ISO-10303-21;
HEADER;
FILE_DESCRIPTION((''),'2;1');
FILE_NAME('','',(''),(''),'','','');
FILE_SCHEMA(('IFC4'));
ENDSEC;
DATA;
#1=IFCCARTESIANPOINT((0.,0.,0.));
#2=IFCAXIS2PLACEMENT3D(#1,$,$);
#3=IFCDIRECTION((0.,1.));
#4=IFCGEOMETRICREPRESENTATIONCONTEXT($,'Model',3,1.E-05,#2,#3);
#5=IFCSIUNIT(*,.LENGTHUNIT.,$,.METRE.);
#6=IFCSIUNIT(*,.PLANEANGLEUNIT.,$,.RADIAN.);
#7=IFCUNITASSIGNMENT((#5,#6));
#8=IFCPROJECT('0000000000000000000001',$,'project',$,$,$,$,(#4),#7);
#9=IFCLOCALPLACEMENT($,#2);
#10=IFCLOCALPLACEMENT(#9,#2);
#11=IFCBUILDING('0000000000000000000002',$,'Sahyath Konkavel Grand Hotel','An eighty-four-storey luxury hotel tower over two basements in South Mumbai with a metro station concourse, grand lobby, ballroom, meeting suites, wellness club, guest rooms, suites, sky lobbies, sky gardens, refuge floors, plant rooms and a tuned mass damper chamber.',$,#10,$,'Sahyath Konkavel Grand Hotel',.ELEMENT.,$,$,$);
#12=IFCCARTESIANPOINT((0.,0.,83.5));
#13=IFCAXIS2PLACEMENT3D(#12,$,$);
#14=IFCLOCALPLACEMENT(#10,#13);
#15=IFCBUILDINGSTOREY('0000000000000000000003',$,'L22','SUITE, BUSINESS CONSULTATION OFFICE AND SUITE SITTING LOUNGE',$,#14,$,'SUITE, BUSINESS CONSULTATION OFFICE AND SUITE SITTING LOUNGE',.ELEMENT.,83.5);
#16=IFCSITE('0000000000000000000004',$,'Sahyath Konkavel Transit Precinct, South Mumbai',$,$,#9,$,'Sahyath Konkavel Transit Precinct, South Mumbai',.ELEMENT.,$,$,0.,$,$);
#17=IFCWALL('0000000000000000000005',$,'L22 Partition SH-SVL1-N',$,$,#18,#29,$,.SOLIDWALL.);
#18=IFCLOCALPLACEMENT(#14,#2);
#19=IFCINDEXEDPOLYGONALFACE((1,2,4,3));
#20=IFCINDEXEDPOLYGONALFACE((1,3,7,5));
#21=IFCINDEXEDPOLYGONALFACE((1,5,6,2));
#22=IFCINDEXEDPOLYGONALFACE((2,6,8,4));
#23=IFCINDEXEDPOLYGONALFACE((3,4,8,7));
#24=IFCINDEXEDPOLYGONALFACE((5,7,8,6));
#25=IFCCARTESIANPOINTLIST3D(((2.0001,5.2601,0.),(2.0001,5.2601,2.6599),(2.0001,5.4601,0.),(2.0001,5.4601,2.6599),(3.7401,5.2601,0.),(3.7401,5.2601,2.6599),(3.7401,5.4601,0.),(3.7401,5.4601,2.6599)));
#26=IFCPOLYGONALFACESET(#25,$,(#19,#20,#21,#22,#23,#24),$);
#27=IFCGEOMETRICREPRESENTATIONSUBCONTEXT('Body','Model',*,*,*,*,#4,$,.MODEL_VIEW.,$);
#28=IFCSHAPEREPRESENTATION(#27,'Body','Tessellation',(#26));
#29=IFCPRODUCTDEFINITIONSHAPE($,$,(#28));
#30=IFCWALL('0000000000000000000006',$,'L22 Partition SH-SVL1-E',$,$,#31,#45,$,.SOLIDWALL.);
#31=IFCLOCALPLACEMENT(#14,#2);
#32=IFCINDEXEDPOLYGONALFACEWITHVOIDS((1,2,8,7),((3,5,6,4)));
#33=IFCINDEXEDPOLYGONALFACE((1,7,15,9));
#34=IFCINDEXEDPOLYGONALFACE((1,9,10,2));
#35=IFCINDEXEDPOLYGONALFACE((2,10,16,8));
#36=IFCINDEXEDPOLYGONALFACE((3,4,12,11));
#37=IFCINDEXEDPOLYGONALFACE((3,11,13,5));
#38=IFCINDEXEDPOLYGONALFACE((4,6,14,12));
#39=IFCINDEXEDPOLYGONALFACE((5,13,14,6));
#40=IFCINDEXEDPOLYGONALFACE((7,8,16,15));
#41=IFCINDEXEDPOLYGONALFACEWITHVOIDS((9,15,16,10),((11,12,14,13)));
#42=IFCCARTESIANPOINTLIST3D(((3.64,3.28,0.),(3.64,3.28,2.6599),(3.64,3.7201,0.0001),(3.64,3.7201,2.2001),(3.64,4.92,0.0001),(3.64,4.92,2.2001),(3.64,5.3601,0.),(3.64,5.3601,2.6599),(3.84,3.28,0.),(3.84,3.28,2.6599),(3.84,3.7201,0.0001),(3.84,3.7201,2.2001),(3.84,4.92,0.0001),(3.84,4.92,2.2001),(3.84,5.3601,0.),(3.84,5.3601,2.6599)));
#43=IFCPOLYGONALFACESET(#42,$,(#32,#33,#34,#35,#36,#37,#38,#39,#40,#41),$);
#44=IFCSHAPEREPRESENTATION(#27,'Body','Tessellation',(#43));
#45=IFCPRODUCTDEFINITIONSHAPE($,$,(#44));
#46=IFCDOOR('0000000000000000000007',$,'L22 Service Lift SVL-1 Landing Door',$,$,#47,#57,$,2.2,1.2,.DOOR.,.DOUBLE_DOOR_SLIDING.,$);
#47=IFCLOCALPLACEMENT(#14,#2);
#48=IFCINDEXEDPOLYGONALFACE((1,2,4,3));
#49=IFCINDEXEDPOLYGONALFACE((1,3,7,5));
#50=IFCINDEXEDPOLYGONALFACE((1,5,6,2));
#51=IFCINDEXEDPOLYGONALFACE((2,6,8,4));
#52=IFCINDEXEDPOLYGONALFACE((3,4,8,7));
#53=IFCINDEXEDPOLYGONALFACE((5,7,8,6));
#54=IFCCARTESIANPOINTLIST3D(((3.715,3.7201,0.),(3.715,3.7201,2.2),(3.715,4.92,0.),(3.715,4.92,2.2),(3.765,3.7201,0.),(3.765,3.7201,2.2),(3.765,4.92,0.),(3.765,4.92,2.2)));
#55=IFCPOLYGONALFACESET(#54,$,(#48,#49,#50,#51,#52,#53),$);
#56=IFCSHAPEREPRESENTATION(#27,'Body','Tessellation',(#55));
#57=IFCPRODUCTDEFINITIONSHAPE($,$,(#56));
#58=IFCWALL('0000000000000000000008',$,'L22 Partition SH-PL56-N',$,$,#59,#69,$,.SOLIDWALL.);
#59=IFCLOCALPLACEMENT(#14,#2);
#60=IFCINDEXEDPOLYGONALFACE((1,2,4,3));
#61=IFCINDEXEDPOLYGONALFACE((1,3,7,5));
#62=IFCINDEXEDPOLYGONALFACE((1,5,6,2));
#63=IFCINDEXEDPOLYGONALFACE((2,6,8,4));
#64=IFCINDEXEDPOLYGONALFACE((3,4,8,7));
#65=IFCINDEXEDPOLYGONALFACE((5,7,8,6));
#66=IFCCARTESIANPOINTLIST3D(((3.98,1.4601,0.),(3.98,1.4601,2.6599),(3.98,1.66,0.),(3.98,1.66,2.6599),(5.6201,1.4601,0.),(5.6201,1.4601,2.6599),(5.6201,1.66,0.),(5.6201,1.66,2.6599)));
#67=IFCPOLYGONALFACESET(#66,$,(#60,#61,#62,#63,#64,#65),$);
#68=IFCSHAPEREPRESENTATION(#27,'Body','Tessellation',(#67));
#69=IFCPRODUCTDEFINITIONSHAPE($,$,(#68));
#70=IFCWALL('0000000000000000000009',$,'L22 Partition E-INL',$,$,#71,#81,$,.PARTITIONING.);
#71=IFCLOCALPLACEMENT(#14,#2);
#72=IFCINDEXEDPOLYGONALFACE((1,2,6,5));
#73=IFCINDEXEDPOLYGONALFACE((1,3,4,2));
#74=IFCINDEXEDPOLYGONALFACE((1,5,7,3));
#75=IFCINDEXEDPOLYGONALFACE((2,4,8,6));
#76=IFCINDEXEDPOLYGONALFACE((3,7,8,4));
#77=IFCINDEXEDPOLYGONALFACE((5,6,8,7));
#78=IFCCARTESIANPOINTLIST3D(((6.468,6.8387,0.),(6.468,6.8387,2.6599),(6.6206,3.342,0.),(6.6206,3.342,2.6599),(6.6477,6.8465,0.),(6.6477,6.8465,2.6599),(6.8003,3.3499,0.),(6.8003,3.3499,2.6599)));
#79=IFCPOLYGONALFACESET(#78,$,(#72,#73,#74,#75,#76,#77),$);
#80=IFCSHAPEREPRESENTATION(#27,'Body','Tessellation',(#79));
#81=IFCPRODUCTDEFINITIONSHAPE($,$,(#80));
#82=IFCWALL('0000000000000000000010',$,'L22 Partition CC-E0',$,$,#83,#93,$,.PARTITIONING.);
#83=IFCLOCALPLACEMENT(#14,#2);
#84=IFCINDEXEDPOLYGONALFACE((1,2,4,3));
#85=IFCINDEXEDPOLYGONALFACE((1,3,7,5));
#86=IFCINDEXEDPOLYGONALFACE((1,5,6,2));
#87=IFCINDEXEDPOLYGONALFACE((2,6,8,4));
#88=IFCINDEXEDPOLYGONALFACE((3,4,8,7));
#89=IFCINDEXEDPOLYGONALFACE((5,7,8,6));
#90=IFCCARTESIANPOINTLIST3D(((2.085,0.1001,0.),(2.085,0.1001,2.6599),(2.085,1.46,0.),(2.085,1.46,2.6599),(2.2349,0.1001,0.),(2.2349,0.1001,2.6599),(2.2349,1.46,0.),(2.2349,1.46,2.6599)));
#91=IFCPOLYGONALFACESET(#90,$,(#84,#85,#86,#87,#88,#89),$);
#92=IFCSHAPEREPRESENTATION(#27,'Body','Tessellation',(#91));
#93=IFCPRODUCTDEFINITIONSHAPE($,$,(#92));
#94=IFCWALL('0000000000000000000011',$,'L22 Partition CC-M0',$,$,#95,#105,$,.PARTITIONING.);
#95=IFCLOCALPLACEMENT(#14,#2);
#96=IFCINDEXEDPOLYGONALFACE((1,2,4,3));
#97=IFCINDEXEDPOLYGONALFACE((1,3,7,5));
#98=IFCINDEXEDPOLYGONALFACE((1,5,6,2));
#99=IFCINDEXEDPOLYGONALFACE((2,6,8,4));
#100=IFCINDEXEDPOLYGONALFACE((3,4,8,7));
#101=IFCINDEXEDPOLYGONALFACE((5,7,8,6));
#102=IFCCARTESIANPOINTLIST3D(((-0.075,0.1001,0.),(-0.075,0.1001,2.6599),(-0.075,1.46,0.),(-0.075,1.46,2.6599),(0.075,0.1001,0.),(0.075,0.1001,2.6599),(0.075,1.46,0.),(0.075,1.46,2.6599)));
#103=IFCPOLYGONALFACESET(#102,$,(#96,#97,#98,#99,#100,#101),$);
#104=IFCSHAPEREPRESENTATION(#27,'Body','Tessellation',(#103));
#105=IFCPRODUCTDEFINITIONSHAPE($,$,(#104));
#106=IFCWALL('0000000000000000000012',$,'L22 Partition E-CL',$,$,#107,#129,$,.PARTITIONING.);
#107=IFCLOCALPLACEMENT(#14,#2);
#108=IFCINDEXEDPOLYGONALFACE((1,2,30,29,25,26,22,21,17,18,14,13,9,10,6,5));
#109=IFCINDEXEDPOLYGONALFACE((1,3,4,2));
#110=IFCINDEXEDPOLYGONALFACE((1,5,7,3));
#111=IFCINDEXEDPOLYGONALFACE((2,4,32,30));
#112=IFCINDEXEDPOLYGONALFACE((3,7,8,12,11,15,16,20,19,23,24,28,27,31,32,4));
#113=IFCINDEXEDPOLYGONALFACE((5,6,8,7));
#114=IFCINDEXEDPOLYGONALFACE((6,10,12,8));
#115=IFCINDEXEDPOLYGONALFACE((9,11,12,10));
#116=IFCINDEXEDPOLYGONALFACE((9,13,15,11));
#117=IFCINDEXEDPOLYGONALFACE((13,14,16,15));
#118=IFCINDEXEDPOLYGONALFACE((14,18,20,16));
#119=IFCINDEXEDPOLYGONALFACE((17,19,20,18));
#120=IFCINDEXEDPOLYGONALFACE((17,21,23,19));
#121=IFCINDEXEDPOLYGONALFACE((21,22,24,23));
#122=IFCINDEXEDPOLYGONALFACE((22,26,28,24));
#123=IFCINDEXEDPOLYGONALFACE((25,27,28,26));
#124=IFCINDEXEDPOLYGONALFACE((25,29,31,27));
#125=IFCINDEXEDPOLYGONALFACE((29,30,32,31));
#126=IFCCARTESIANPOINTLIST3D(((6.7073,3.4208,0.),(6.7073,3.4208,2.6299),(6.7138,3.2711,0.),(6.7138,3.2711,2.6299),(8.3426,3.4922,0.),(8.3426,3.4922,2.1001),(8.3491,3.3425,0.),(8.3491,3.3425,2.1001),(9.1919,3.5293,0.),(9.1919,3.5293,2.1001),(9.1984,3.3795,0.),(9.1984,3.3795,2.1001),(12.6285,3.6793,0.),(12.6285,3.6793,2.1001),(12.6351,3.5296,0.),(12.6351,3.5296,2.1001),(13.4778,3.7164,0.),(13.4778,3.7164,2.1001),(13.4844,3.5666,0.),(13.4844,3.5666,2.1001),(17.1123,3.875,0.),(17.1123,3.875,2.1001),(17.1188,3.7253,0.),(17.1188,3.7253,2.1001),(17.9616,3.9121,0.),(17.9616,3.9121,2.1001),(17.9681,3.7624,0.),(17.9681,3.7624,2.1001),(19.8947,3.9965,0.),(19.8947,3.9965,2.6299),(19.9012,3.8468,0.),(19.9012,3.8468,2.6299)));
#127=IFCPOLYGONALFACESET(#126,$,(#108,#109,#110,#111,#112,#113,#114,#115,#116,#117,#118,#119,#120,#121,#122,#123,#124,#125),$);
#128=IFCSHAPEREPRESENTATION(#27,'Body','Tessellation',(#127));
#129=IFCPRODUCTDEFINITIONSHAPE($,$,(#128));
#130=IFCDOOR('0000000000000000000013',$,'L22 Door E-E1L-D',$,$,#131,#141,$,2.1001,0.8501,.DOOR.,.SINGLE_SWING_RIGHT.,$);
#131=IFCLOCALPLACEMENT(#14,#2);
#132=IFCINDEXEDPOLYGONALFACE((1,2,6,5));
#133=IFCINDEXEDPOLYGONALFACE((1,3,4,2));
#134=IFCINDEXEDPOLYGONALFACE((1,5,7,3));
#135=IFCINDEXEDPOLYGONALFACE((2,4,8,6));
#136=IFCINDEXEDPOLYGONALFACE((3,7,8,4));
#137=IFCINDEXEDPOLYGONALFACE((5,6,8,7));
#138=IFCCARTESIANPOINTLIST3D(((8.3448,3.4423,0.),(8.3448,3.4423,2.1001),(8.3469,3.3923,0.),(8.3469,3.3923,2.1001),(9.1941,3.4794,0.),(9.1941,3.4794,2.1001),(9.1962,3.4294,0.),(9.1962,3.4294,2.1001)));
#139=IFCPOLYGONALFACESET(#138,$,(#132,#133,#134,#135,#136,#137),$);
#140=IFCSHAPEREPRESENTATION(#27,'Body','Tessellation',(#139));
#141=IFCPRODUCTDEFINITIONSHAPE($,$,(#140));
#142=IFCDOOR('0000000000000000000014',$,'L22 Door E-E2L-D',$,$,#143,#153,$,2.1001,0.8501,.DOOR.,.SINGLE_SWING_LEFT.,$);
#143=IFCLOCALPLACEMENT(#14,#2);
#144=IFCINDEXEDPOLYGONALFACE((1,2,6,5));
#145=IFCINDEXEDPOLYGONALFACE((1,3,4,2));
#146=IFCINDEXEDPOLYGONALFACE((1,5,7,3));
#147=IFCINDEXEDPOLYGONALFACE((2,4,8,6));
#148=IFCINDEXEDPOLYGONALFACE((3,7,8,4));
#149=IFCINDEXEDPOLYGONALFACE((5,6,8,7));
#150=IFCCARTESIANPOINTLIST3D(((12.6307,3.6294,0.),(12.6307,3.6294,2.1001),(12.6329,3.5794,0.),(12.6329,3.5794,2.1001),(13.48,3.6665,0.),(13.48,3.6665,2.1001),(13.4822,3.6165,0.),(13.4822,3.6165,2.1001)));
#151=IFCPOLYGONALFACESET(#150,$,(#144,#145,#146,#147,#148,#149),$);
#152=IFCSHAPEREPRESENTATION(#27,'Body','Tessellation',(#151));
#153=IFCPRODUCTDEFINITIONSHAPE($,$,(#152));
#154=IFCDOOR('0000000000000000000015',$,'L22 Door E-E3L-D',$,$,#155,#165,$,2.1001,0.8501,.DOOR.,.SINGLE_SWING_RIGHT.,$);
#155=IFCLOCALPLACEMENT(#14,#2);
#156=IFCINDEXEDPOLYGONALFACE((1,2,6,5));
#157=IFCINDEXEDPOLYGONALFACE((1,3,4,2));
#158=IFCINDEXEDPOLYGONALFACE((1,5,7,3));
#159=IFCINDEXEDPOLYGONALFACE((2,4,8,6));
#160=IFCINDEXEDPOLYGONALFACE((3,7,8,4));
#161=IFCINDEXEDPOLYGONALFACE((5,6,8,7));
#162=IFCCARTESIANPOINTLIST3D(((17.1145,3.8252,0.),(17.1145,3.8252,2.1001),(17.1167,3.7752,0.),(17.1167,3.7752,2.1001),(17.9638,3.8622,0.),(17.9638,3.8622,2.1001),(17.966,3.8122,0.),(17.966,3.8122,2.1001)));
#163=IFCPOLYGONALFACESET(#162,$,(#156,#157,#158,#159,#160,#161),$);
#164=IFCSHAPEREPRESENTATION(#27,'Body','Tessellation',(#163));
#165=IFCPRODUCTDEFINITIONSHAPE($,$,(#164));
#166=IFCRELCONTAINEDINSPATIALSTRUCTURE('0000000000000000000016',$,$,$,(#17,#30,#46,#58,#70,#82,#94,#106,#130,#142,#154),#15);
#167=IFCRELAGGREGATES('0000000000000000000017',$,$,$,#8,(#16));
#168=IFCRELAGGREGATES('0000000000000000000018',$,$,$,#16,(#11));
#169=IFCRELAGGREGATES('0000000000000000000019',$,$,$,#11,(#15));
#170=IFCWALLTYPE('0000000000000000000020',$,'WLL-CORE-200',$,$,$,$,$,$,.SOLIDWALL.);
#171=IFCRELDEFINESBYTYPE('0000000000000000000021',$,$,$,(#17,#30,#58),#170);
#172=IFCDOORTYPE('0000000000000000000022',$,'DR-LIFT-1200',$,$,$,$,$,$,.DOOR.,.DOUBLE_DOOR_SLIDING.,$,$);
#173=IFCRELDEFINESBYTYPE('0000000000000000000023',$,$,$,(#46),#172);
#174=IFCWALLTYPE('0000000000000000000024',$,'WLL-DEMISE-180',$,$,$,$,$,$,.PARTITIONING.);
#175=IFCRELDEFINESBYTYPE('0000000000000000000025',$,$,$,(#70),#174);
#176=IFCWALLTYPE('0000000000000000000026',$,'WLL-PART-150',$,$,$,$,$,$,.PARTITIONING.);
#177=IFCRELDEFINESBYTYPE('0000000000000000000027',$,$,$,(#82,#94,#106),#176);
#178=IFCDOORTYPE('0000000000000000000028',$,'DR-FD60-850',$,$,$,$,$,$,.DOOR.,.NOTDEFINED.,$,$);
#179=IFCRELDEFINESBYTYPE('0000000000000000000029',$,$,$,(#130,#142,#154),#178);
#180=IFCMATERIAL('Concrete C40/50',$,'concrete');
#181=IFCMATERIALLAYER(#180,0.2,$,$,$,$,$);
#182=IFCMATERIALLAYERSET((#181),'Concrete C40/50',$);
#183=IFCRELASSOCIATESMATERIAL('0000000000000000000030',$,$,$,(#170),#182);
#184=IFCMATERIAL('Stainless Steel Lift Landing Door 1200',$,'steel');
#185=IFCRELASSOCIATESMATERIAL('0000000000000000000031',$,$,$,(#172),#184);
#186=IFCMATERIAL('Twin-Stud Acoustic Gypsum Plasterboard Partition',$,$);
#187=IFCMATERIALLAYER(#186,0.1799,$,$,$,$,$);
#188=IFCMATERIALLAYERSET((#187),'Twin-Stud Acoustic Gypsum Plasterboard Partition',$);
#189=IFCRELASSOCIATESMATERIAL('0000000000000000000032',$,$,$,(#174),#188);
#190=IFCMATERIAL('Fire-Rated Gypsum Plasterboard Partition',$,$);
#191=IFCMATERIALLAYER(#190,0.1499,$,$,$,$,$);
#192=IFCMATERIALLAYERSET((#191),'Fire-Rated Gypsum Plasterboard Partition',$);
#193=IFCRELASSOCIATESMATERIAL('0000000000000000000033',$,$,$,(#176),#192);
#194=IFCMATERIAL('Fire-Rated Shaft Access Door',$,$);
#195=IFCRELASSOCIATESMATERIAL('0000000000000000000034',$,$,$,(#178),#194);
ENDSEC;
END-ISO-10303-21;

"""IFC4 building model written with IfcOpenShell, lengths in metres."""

from ifc_helpers import new_model, si_unit, direction, frame, frame_2d, origin, origin_2d, place, context, subcontext, project, spatial, rectangle, extrude, source, transform, mapped, material, layer, layer_set, type_object, element, fill, save


model = new_model("IFC4")

# Units and contexts
model_context = context("Model", 3, precision=1e-05, world=origin(), true_north=direction((0.0, 1.0)))
body_context = subcontext(model_context, "Body", "Model", "MODEL_VIEW")
ifc_project = project(units=[si_unit("LENGTHUNIT", "METRE"), si_unit("PLANEANGLEUNIT", "RADIAN")], contexts=[model_context])

# Site, building, storey
site_placement = place(None, origin())
site = spatial("IfcSite", under=ifc_project, at=site_placement, Name="Sahyath Konkavel Transit Precinct, South Mumbai", LongName="Sahyath Konkavel Transit Precinct, South Mumbai", CompositionType="ELEMENT", RefElevation=0.0)
building_placement = place(site_placement, origin())
building = spatial("IfcBuilding", under=site, at=building_placement, Name="Sahyath Konkavel Grand Hotel", Description="An eighty-four-storey luxury hotel tower over two basements in South Mumbai with a metro station concourse, grand lobby, ballroom, meeting suites, wellness club, guest rooms, suites, sky lobbies, sky gardens, refuge floors, plant rooms and a tuned mass damper chamber.", LongName="Sahyath Konkavel Grand Hotel", CompositionType="ELEMENT")
storey_placement = place(building_placement, frame((0.0, 0.0, 83.5)))
storey = spatial("IfcBuildingStorey", under=building, at=storey_placement, Name="L22", Description="SUITE, BUSINESS CONSULTATION OFFICE AND SUITE SITTING LOUNGE", LongName="SUITE, BUSINESS CONSULTATION OFFICE AND SUITE SITTING LOUNGE", CompositionType="ELEMENT", Elevation=83.5)

# Shared definitions
ifc_material_1 = material(Name="Concrete C40/50", Category="concrete")
ifc_layer_1 = layer(ifc_material_1, 0.2)
ifc_layer_set_1 = layer_set([ifc_layer_1], Name="Concrete C40/50")
wall_type_1 = type_object("IfcWallType", Name="WLL-CORE-200", PredefinedType="SOLIDWALL", material=ifc_layer_set_1)
shared_shape_1 = source(origin(), body_context, "Body", "SweptSolid", [
    extrude(rectangle(XDim=0.8501, YDim=0.05, at=origin_2d()), origin(), (0.0, 0.0, 1.0), 2.1001),
])

# Wall
wall_1_placement = place(storey_placement, frame((2.0, 5.3601, 0.0), z_axis=(0.0, 0.0, 1.0), x_axis=(1.0, 0.0, 0.0)))
element("IfcWall", 1, at=wall_1_placement, inside=storey, type_object=wall_type_1, Name="L22 Partition SH-SVL1-N", PredefinedType="SOLIDWALL", context=body_context, shape_type="SweptSolid", body=[
    extrude(rectangle(XDim=1.74, YDim=0.2, at=frame_2d((0.8701, 0.0))), origin(), (0.0, 0.0, 1.0), 2.6599),
])

# Wall, opening, door
wall_2_placement = place(storey_placement, frame((3.74, 3.28, 0.0), z_axis=(0.0, 0.0, 1.0), x_axis=(0.0, 1.0, 0.0)))
wall_2 = element("IfcWall", 2, at=wall_2_placement, inside=storey, type_object=wall_type_1, Name="L22 Partition SH-SVL1-E", PredefinedType="SOLIDWALL", context=body_context, shape_type="SweptSolid", body=[
    extrude(rectangle(XDim=2.0801, YDim=0.2, at=frame_2d((1.04, 0.0))), origin(), (0.0, 0.0, 1.0), 2.6599),
])
opening_1_placement = place(wall_2_placement, frame((0.4399, 0.0, 0.0)))
opening_1 = element("IfcOpeningElement", 3, at=opening_1_placement, cuts=wall_2, PredefinedType="OPENING", context=body_context, shape_type="SweptSolid", body=[
    extrude(rectangle(XDim=1.2, YDim=2.2, at=frame_2d((0.6001, 1.1001))), frame((0.0, 0.1099, 0.0), z_axis=(0.0, -1.0, 0.0), x_axis=(1.0, 0.0, 0.0)), (0.0, 0.0, 1.0), 0.22),
])
ifc_material_2 = material(Name="Stainless Steel Lift Landing Door 1200", Category="steel")
door_type_1 = type_object("IfcDoorType", Name="DR-LIFT-1200", OperationType="DOUBLE_DOOR_SLIDING", PredefinedType="DOOR", material=ifc_material_2)
shared_shape_2 = source(origin(), body_context, "Body", "SweptSolid", [
    extrude(rectangle(XDim=1.2, YDim=0.05, at=origin_2d()), origin(), (0.0, 0.0, 1.0), 2.2),
])
door_1_placement = place(opening_1_placement, frame((0.6001, 0.0, 0.0)))
door_1 = element("IfcDoor", 4, at=door_1_placement, inside=storey, type_object=door_type_1, Name="L22 Service Lift SVL-1 Landing Door", OperationType="DOUBLE_DOOR_SLIDING", OverallHeight=2.2, OverallWidth=1.2, PredefinedType="DOOR", context=body_context, shape_type="MappedRepresentation", body=[
    mapped(shared_shape_2, transform((0.0, 0.0, 0.0), scale=1.0)),
])
fill(opening_1, door_1)

# Wall
wall_3_placement = place(storey_placement, frame((3.98, 1.5601, 0.0), z_axis=(0.0, 0.0, 1.0), x_axis=(1.0, 0.0, 0.0)))
element("IfcWall", 5, at=wall_3_placement, inside=storey, type_object=wall_type_1, Name="L22 Partition SH-PL56-N", PredefinedType="SOLIDWALL", context=body_context, shape_type="SweptSolid", body=[
    extrude(rectangle(XDim=1.6401, YDim=0.2, at=frame_2d((0.8201, 0.0))), origin(), (0.0, 0.0, 1.0), 2.6599),
])

# Walls
ifc_material_3 = material(Name="Twin-Stud Acoustic Gypsum Plasterboard Partition")
ifc_layer_2 = layer(ifc_material_3, 0.1799)
ifc_layer_set_2 = layer_set([ifc_layer_2], Name="Twin-Stud Acoustic Gypsum Plasterboard Partition")
wall_type_2 = type_object("IfcWallType", Name="WLL-DEMISE-180", PredefinedType="PARTITIONING", material=ifc_layer_set_2)
wall_4_placement = place(storey_placement, frame((6.7104, 3.3459, 0.0), z_axis=(0.0, 0.0, 1.0), x_axis=(-0.043598, 0.999049, 0.0)))
element("IfcWall", 6, at=wall_4_placement, inside=storey, type_object=wall_type_2, Name="L22 Partition E-INL", PredefinedType="PARTITIONING", context=body_context, shape_type="SweptSolid", body=[
    extrude(rectangle(XDim=3.5, YDim=0.1799, at=frame_2d((1.75, 0.0))), origin(), (0.0, 0.0, 1.0), 2.6599),
])
ifc_material_4 = material(Name="Fire-Rated Gypsum Plasterboard Partition")
ifc_layer_3 = layer(ifc_material_4, 0.1499)
ifc_layer_set_3 = layer_set([ifc_layer_3], Name="Fire-Rated Gypsum Plasterboard Partition")
wall_type_3 = type_object("IfcWallType", Name="WLL-PART-150", PredefinedType="PARTITIONING", material=ifc_layer_set_3)
for number, where, z_axis, x_axis, name in (
    (7, (2.1599, 0.1001, 0.0), (0.0, 0.0, 1.0), (0.0, 1.0, 0.0), "L22 Partition CC-E0"),
    (8, (0.0, 0.1001, 0.0), (0.0, 0.0, 1.0), (0.0, 1.0, 0.0), "L22 Partition CC-M0"),
):
    element("IfcWall", number, at=place(storey_placement, frame(where, z_axis=z_axis, x_axis=x_axis)), inside=storey, type_object=wall_type_3, Name=name, PredefinedType="PARTITIONING", context=body_context, shape_type="SweptSolid", body=[
        extrude(rectangle(XDim=1.3599, YDim=0.1499, at=frame_2d((0.6799, 0.0))), origin(), (0.0, 0.0, 1.0), 2.6599),
    ])

# Wall, openings, doors
wall_5_placement = place(storey_placement, frame((6.7104, 3.3459, 0.0), z_axis=(0.0, 0.0, 1.0), x_axis=(0.999049, 0.043612, 0.0)))
wall_5 = element("IfcWall", 9, at=wall_5_placement, inside=storey, type_object=wall_type_3, Name="L22 Partition E-CL", PredefinedType="PARTITIONING", context=body_context, shape_type="SweptSolid", body=[
    extrude(rectangle(XDim=13.2, YDim=0.1499, at=frame_2d((6.6001, 0.0))), origin(), (0.0, 0.0, 1.0), 2.6299),
])
opening_2_placement = place(wall_5_placement, frame((1.637, 0.0, 0.0)))
opening_2 = element("IfcOpeningElement", 10, at=opening_2_placement, cuts=wall_5, PredefinedType="OPENING", context=body_context, shape_type="SweptSolid", body=[
    extrude(rectangle(XDim=0.8501, YDim=2.1001, at=frame_2d((0.425, 1.05))), frame((0.0, 0.085, 0.0), z_axis=(0.0, -1.0, 0.0), x_axis=(1.0, 0.0, 0.0)), (0.0, 0.0, 1.0), 0.1699),
])
opening_3_placement = place(wall_5_placement, frame((5.927, 0.0, 0.0)))
opening_3 = element("IfcOpeningElement", 11, at=opening_3_placement, cuts=wall_5, PredefinedType="OPENING", context=body_context, shape_type="SweptSolid", body=[
    extrude(rectangle(XDim=0.8501, YDim=2.1001, at=frame_2d((0.425, 1.05))), frame((0.0, 0.085, 0.0), z_axis=(0.0, -1.0, 0.0), x_axis=(1.0, 0.0, 0.0)), (0.0, 0.0, 1.0), 0.1699),
])
opening_4_placement = place(wall_5_placement, frame((10.415, 0.0, 0.0)))
opening_4 = element("IfcOpeningElement", 12, at=opening_4_placement, cuts=wall_5, PredefinedType="OPENING", context=body_context, shape_type="SweptSolid", body=[
    extrude(rectangle(XDim=0.8501, YDim=2.1001, at=frame_2d((0.425, 1.05))), frame((0.0, 0.085, 0.0), z_axis=(0.0, -1.0, 0.0), x_axis=(1.0, 0.0, 0.0)), (0.0, 0.0, 1.0), 0.1699),
])
ifc_material_5 = material(Name="Fire-Rated Shaft Access Door")
door_type_2 = type_object("IfcDoorType", Name="DR-FD60-850", OperationType="NOTDEFINED", PredefinedType="DOOR", material=ifc_material_5)
door_2_placement = place(opening_2_placement, frame((0.425, 0.0, 0.0)))
door_2 = element("IfcDoor", 13, at=door_2_placement, inside=storey, type_object=door_type_2, Name="L22 Door E-E1L-D", OperationType="SINGLE_SWING_RIGHT", OverallHeight=2.1001, OverallWidth=0.8501, PredefinedType="DOOR", context=body_context, shape_type="MappedRepresentation", body=[
    mapped(shared_shape_1, transform((0.0, 0.0, 0.0), scale=1.0)),
])
fill(opening_2, door_2)
door_3_placement = place(opening_3_placement, frame((0.425, 0.0, 0.0)))
door_3 = element("IfcDoor", 14, at=door_3_placement, inside=storey, type_object=door_type_2, Name="L22 Door E-E2L-D", OperationType="SINGLE_SWING_LEFT", OverallHeight=2.1001, OverallWidth=0.8501, PredefinedType="DOOR", context=body_context, shape_type="MappedRepresentation", body=[
    mapped(shared_shape_1, transform((0.0, 0.0, 0.0), scale=1.0)),
])
fill(opening_3, door_3)
door_4_placement = place(opening_4_placement, frame((0.425, 0.0, 0.0)))
door_4 = element("IfcDoor", 15, at=door_4_placement, inside=storey, type_object=door_type_2, Name="L22 Door E-E3L-D", OperationType="SINGLE_SWING_RIGHT", OverallHeight=2.1001, OverallWidth=0.8501, PredefinedType="DOOR", context=body_context, shape_type="MappedRepresentation", body=[
    mapped(shared_shape_1, transform((0.0, 0.0, 0.0), scale=1.0)),
])
fill(opening_4, door_4)

save(model, "model.ifc")
